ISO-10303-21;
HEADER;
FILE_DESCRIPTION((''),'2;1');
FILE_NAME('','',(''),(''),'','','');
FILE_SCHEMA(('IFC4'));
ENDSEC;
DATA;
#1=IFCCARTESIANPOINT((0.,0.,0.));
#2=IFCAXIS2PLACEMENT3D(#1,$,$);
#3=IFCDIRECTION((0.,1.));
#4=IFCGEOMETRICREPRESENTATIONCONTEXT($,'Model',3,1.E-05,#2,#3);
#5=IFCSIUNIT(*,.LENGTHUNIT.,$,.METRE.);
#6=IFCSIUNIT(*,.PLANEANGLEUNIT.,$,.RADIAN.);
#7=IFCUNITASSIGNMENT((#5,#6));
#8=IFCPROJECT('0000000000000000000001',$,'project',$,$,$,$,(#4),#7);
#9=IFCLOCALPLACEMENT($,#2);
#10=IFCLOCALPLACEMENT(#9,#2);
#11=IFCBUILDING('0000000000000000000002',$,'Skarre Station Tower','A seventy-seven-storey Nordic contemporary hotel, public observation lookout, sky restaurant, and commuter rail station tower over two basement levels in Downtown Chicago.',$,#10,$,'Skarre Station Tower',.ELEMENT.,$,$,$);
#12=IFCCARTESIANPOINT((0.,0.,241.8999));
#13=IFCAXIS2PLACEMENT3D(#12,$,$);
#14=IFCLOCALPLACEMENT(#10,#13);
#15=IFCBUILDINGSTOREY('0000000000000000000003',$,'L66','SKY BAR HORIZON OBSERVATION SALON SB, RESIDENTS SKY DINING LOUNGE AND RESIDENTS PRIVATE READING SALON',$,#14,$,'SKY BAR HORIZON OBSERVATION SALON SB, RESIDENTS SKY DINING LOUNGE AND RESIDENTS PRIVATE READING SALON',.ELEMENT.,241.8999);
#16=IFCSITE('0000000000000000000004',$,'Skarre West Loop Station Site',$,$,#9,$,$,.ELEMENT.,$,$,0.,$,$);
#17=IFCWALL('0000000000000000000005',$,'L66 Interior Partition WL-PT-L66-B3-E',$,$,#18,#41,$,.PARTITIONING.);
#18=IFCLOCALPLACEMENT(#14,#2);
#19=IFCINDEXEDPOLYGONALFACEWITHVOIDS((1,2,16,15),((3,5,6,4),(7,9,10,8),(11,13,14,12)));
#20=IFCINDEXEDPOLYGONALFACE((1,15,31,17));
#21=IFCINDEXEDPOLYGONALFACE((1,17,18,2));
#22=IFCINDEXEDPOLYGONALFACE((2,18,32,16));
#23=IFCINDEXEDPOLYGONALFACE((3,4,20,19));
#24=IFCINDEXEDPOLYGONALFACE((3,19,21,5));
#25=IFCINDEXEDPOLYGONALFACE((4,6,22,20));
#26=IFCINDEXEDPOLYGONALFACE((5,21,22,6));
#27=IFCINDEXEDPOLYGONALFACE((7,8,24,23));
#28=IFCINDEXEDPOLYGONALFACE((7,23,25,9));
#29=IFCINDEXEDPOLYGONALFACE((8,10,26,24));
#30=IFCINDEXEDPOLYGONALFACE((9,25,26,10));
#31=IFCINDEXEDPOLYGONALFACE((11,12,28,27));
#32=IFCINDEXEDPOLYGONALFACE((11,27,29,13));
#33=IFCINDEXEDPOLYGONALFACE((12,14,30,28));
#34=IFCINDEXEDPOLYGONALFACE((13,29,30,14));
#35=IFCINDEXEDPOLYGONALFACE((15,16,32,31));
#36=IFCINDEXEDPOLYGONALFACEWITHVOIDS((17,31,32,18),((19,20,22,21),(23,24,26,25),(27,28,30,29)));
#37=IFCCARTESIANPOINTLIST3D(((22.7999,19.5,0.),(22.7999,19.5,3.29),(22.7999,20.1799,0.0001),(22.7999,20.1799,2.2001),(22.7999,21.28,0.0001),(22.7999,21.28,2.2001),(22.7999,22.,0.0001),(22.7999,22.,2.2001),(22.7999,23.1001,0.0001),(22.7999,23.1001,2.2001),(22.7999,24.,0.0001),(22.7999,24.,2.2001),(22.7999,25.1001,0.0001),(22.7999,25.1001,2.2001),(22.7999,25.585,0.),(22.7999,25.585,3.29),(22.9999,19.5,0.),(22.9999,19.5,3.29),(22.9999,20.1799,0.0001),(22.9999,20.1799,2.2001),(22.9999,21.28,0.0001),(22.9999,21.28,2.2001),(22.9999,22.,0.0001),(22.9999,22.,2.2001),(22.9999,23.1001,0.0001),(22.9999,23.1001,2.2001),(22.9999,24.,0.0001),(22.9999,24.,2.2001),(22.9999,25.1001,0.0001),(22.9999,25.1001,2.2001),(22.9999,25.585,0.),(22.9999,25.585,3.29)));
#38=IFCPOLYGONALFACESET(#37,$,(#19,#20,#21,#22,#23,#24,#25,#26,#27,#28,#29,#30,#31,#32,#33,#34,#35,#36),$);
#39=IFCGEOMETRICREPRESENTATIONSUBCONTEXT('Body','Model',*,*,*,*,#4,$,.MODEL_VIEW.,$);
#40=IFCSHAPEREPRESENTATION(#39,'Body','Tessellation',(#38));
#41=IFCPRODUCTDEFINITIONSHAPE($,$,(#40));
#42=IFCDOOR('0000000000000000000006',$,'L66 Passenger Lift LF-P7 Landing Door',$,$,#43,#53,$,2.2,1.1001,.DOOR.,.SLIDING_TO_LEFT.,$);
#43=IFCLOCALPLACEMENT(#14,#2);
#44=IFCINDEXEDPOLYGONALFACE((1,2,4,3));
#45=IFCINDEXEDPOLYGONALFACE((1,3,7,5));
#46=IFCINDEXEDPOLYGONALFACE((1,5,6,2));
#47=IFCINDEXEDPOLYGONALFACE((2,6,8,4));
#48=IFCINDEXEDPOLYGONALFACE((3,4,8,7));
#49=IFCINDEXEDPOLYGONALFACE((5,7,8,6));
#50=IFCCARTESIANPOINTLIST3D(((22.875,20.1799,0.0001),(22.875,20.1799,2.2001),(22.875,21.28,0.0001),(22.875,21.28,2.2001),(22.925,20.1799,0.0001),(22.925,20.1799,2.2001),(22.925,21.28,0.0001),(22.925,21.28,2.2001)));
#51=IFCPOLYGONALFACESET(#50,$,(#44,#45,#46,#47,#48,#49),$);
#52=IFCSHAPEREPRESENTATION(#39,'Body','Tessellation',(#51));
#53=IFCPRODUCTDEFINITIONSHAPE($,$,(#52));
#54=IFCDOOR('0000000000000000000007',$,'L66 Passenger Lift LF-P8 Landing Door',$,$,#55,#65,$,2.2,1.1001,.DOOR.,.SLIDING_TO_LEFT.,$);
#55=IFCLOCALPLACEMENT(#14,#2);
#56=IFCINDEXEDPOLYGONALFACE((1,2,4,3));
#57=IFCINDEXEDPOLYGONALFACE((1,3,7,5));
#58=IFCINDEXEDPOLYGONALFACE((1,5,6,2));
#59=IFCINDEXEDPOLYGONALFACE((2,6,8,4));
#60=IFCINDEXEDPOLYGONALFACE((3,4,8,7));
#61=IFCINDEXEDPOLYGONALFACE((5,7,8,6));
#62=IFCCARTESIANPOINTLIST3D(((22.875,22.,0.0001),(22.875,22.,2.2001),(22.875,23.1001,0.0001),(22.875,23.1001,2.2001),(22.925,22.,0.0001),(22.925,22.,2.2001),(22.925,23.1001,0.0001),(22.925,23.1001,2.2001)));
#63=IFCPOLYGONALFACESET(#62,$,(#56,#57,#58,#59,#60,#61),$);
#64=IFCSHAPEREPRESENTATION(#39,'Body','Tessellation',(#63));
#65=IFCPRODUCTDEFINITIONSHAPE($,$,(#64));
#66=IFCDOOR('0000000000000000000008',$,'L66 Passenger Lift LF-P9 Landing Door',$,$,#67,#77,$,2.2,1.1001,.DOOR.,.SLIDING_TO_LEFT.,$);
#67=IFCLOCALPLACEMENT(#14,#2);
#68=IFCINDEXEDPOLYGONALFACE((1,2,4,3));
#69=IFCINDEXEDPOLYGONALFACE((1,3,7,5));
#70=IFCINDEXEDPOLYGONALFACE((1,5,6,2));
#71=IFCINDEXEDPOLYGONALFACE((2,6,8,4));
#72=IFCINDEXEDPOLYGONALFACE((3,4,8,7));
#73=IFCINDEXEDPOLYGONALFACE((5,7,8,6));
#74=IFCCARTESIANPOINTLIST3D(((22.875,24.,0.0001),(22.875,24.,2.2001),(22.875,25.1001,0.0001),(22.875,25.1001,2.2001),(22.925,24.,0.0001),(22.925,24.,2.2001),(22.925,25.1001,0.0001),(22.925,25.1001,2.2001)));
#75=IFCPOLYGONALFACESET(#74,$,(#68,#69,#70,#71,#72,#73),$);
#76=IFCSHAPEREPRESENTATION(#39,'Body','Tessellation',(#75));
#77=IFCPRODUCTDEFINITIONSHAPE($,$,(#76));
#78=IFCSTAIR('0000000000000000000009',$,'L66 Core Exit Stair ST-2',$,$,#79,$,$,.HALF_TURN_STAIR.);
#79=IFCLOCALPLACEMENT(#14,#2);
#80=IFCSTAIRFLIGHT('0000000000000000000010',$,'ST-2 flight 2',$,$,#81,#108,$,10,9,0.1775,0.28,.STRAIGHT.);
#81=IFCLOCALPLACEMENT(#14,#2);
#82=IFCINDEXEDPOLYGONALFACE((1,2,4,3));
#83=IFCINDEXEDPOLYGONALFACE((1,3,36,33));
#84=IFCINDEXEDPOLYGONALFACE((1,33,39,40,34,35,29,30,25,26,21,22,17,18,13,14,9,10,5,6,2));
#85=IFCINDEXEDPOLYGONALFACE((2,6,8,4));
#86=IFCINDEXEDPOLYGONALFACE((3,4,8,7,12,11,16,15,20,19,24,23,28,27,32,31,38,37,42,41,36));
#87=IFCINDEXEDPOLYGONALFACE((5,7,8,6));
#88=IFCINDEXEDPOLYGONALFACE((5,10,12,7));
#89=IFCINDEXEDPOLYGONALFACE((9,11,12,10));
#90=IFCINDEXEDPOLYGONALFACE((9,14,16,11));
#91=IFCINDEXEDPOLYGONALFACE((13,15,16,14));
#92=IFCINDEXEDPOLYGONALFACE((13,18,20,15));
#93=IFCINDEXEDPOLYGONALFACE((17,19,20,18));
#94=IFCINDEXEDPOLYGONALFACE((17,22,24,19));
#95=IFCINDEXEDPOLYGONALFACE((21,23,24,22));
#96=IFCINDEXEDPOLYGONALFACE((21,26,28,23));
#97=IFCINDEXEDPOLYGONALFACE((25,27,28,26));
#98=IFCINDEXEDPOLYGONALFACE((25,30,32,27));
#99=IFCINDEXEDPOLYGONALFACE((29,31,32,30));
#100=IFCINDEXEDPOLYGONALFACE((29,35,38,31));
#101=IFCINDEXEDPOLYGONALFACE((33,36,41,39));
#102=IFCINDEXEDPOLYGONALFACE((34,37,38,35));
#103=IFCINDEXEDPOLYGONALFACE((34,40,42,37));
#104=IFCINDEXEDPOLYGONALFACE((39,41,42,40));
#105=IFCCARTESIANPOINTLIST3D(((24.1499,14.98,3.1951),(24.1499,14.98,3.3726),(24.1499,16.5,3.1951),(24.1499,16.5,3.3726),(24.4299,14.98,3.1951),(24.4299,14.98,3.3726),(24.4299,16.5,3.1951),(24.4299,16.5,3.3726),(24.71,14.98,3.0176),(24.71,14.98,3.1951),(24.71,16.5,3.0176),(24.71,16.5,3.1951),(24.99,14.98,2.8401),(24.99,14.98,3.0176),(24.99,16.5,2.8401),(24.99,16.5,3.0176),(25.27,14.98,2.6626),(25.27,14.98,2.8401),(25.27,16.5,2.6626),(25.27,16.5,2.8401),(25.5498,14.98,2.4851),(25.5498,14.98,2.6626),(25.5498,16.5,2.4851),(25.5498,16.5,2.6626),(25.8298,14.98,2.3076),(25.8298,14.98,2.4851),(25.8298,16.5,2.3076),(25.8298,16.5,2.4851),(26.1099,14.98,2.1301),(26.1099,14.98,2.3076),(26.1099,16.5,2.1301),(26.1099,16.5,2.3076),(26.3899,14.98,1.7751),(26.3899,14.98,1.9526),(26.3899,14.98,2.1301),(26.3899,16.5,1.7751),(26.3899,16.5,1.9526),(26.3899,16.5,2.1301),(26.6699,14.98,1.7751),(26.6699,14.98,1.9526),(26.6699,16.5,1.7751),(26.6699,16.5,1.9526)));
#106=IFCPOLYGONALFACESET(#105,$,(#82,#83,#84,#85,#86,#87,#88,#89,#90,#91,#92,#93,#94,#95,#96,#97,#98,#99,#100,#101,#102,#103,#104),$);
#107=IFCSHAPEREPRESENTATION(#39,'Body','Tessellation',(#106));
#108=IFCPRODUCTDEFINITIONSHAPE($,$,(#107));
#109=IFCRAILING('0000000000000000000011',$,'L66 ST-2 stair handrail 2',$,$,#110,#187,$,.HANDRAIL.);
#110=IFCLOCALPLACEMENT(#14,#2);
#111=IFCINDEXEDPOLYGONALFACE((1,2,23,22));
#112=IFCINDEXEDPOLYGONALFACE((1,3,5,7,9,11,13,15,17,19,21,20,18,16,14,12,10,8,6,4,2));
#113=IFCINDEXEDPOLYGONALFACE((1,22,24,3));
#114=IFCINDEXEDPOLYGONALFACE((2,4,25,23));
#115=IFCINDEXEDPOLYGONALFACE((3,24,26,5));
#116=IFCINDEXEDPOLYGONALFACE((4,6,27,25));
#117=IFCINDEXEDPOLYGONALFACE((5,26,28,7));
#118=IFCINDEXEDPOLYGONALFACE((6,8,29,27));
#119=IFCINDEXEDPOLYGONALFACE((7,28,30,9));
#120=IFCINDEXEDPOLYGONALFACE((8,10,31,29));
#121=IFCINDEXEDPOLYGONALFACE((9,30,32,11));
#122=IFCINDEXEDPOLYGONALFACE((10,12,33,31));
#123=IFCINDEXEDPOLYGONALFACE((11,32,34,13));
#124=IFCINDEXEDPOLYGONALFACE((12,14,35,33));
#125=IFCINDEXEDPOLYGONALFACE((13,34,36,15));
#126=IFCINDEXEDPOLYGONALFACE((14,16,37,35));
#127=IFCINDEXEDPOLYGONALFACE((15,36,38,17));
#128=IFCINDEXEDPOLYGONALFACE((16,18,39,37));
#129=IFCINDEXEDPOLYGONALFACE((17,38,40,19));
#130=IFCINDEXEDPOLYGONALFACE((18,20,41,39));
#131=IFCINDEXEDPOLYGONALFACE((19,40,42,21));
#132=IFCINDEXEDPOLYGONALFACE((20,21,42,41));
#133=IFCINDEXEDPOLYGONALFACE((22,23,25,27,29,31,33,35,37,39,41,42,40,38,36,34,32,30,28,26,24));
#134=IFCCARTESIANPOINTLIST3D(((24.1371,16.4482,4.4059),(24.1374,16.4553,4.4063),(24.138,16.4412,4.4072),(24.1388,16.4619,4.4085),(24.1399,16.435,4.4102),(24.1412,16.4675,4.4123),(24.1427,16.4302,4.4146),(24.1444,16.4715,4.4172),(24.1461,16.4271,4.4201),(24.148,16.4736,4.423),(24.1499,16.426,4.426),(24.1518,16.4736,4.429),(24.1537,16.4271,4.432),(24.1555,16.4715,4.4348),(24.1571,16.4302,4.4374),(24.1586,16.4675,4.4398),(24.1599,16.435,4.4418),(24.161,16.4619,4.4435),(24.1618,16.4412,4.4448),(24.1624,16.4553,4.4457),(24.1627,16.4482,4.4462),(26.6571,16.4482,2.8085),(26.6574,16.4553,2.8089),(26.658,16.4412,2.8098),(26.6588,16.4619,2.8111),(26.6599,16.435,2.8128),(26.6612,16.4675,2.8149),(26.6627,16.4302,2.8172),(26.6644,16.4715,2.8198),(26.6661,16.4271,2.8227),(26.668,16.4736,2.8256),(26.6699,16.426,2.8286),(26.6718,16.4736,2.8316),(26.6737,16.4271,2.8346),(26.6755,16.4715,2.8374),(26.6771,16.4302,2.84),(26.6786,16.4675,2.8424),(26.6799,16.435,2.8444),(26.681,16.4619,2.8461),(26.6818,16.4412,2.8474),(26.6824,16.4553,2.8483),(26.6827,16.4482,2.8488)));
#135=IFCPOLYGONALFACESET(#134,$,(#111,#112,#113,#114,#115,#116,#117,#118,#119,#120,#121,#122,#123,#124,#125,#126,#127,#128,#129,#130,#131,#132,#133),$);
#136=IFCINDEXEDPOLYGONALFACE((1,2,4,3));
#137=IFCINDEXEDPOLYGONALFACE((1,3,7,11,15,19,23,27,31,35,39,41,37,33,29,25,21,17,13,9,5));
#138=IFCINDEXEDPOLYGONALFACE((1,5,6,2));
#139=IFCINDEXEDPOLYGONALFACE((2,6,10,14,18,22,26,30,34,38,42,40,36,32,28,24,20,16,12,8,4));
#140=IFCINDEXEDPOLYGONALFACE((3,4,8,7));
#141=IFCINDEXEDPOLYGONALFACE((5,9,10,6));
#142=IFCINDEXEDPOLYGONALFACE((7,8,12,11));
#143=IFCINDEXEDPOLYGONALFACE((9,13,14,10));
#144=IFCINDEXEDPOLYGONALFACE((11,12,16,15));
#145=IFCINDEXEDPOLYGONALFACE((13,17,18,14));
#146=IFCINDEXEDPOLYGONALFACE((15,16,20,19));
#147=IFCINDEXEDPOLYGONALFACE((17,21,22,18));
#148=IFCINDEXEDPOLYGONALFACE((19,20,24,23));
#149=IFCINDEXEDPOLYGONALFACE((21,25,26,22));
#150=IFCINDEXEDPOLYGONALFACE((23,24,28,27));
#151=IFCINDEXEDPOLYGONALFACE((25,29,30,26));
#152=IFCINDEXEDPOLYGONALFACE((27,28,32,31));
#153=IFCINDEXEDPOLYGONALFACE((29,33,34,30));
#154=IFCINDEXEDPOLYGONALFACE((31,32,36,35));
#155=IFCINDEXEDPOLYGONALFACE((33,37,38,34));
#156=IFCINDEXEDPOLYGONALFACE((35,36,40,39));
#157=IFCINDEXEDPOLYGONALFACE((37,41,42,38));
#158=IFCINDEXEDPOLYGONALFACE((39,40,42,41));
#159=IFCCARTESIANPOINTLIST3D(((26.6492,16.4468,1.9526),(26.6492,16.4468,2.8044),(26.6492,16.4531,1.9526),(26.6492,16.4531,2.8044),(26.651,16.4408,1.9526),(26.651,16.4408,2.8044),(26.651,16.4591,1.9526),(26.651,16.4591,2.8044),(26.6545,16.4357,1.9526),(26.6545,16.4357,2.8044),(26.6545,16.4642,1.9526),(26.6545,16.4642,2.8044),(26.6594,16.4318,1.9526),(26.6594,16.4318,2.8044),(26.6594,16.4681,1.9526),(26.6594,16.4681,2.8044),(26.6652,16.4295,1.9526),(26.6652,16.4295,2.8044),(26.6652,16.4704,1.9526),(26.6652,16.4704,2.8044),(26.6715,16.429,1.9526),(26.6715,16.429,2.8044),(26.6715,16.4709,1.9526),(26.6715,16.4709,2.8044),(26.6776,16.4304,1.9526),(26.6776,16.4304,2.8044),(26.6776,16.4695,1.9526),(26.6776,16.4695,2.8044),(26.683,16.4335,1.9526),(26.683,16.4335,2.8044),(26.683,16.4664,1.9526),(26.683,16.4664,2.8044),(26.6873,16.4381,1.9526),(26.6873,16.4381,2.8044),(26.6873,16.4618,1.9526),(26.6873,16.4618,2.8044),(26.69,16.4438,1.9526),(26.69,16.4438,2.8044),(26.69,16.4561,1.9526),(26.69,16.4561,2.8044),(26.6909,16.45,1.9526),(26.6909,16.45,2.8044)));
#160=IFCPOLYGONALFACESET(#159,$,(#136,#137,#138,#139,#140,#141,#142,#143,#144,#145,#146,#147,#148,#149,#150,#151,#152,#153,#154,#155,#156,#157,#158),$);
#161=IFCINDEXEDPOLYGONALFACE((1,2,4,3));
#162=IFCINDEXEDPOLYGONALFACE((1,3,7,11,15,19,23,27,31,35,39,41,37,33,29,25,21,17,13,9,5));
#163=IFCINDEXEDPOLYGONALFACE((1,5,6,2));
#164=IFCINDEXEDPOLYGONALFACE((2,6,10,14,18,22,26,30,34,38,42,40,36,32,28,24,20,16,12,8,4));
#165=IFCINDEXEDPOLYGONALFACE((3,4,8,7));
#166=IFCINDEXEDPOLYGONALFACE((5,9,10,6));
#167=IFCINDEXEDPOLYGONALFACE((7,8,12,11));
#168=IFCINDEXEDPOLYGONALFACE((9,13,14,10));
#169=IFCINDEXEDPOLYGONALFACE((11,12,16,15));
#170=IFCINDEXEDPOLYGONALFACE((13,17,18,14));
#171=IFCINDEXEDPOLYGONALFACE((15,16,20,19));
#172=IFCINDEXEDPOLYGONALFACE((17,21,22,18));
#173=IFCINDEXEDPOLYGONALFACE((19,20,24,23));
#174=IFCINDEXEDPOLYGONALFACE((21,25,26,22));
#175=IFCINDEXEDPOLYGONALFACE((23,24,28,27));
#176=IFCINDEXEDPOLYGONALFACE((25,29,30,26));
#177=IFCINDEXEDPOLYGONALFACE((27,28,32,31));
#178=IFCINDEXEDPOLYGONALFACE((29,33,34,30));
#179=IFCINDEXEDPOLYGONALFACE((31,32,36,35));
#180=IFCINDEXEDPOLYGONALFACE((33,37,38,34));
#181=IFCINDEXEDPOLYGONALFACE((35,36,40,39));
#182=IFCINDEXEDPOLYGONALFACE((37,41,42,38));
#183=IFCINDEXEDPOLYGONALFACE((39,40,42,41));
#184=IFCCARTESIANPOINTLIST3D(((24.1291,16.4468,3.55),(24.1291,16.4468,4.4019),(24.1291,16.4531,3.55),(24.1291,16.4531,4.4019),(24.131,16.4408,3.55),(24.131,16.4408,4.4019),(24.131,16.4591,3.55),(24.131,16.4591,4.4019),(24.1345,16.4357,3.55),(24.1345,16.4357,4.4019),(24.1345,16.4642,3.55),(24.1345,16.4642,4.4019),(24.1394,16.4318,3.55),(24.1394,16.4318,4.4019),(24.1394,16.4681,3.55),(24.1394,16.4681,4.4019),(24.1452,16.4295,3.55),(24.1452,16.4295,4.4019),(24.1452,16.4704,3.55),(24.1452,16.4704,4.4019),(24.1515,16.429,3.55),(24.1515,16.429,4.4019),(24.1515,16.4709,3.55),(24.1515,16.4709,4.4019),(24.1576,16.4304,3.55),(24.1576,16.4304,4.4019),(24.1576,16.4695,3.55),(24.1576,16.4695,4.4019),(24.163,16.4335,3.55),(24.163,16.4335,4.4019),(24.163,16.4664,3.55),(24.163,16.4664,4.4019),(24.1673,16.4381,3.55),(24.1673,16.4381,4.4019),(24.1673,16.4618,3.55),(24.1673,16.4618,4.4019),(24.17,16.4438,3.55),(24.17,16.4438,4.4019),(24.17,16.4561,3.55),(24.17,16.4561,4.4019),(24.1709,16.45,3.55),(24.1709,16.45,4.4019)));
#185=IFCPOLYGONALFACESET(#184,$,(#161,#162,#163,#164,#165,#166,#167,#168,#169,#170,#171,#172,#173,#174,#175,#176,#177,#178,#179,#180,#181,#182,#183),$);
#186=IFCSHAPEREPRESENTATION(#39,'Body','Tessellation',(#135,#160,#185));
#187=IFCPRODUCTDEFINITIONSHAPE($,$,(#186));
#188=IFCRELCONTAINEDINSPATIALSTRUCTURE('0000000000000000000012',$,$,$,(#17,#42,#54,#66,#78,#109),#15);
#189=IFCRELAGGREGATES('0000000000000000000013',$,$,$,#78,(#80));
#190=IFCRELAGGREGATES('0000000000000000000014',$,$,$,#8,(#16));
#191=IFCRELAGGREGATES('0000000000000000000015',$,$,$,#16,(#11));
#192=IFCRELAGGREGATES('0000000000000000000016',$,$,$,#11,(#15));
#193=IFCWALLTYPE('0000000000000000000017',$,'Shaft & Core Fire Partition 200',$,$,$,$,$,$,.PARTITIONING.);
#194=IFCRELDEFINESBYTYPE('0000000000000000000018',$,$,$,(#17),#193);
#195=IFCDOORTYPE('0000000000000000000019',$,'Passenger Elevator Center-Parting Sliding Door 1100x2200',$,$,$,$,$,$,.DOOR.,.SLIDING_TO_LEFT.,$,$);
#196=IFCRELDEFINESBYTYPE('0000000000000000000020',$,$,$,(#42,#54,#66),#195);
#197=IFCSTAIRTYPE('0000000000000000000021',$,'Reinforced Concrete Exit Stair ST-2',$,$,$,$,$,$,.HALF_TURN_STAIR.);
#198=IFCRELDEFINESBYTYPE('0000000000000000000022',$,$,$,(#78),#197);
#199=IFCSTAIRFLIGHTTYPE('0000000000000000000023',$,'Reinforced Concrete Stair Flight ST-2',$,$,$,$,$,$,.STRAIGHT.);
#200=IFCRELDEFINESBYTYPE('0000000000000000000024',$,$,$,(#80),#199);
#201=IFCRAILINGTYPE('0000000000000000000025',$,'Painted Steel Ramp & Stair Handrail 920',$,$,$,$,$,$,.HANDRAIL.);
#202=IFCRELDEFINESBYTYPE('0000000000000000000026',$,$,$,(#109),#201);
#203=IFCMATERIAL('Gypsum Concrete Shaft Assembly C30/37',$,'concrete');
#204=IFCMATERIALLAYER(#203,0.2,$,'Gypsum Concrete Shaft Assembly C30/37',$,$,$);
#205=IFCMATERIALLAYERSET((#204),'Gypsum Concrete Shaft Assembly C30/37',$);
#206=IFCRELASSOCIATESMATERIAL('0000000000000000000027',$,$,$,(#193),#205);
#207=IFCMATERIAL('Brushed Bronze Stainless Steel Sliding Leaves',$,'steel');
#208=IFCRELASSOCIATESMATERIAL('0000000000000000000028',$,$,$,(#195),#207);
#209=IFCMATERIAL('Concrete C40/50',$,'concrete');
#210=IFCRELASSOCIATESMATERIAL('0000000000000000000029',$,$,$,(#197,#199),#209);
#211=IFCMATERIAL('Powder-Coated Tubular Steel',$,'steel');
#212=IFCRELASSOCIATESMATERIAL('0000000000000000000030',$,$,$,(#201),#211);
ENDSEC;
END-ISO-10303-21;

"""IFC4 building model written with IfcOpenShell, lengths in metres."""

from ifc_helpers import new_model, si_unit, direction, frame, frame_2d, origin, origin_2d, place, context, subcontext, project, spatial, polyline, rectangle, circle, outline, extrude, material, layer, layer_set, type_object, element, fill, aggregate, save


model = new_model("IFC4")

# Units and contexts
model_context = context("Model", 3, precision=1e-05, world=origin(), true_north=direction((0.0, 1.0)))
body_context = subcontext(model_context, "Body", "Model", "MODEL_VIEW")
ifc_project = project(units=[si_unit("LENGTHUNIT", "METRE"), si_unit("PLANEANGLEUNIT", "RADIAN")], contexts=[model_context])

# Site, building, storey
site_placement = place(None, origin())
site = spatial("IfcSite", under=ifc_project, at=site_placement, Name="Skarre West Loop Station Site", CompositionType="ELEMENT", RefElevation=0.0)
building_placement = place(site_placement, origin())
building = spatial("IfcBuilding", under=site, at=building_placement, Name="Skarre Station Tower", Description="A seventy-seven-storey Nordic contemporary hotel, public observation lookout, sky restaurant, and commuter rail station tower over two basement levels in Downtown Chicago.", LongName="Skarre Station Tower", CompositionType="ELEMENT")
storey_placement = place(building_placement, frame((0.0, 0.0, 241.8999)))
storey = spatial("IfcBuildingStorey", under=building, at=storey_placement, Name="L66", Description="SKY BAR HORIZON OBSERVATION SALON SB, RESIDENTS SKY DINING LOUNGE AND RESIDENTS PRIVATE READING SALON", LongName="SKY BAR HORIZON OBSERVATION SALON SB, RESIDENTS SKY DINING LOUNGE AND RESIDENTS PRIVATE READING SALON", CompositionType="ELEMENT", Elevation=241.8999)

# Shared definitions
ifc_material_1 = material(Name="Gypsum Concrete Shaft Assembly C30/37", Category="concrete")
ifc_layer_1 = layer(ifc_material_1, 0.2, Name="Gypsum Concrete Shaft Assembly C30/37")
ifc_layer_set_1 = layer_set([ifc_layer_1], Name="Gypsum Concrete Shaft Assembly C30/37")
wall_type_1 = type_object("IfcWallType", Name="Shaft & Core Fire Partition 200", PredefinedType="PARTITIONING", material=ifc_layer_set_1)

# Wall, openings, doors
wall_1_placement = place(storey_placement, frame((22.8999, 19.5, 0.0), z_axis=(0.0, 0.0, 1.0), x_axis=(0.0, 1.0, 0.0)))
wall_1 = element("IfcWall", 1, at=wall_1_placement, inside=storey, type_object=wall_type_1, Name="L66 Interior Partition WL-PT-L66-B3-E", PredefinedType="PARTITIONING", context=body_context, shape_type="SweptSolid", body=[
    extrude(rectangle(XDim=6.085, YDim=0.2, at=frame_2d((3.0425, 0.0))), origin(), (0.0, 0.0, 1.0), 3.29),
])
opening_1_placement = place(wall_1_placement, frame((0.6799, 0.0, 0.0)))
opening_1 = element("IfcOpeningElement", 2, at=opening_1_placement, cuts=wall_1, PredefinedType="OPENING", context=body_context, shape_type="SweptSolid", body=[
    extrude(rectangle(XDim=1.1001, YDim=2.2, at=frame_2d((0.55, 1.1001))), frame((0.0, 0.1099, 0.0), z_axis=(0.0, -1.0, 0.0), x_axis=(1.0, 0.0, 0.0)), (0.0, 0.0, 1.0), 0.22),
])
opening_2_placement = place(wall_1_placement, frame((2.5, 0.0, 0.0)))
opening_2 = element("IfcOpeningElement", 3, at=opening_2_placement, cuts=wall_1, PredefinedType="OPENING", context=body_context, shape_type="SweptSolid", body=[
    extrude(rectangle(XDim=1.1001, YDim=2.2, at=frame_2d((0.55, 1.1001))), frame((0.0, 0.1099, 0.0), z_axis=(0.0, -1.0, 0.0), x_axis=(1.0, 0.0, 0.0)), (0.0, 0.0, 1.0), 0.22),
])
opening_3_placement = place(wall_1_placement, frame((4.5, 0.0, 0.0)))
opening_3 = element("IfcOpeningElement", 4, at=opening_3_placement, cuts=wall_1, PredefinedType="OPENING", context=body_context, shape_type="SweptSolid", body=[
    extrude(rectangle(XDim=1.1001, YDim=2.2, at=frame_2d((0.55, 1.1001))), frame((0.0, 0.1099, 0.0), z_axis=(0.0, -1.0, 0.0), x_axis=(1.0, 0.0, 0.0)), (0.0, 0.0, 1.0), 0.22),
])
ifc_material_2 = material(Name="Brushed Bronze Stainless Steel Sliding Leaves", Category="steel")
door_type_1 = type_object("IfcDoorType", Name="Passenger Elevator Center-Parting Sliding Door 1100x2200", OperationType="SLIDING_TO_LEFT", PredefinedType="DOOR", material=ifc_material_2)
door_1_placement = place(opening_1_placement, origin())
door_1 = element("IfcDoor", 5, at=door_1_placement, inside=storey, type_object=door_type_1, Name="L66 Passenger Lift LF-P7 Landing Door", OperationType="SLIDING_TO_LEFT", OverallHeight=2.2, OverallWidth=1.1001, PredefinedType="DOOR", context=body_context, shape_type="SweptSolid", body=[
    extrude(rectangle(XDim=1.1001, YDim=2.2, at=frame_2d((0.55, 1.1001))), frame((0.0, 0.0249, 0.0), z_axis=(0.0, -1.0, 0.0), x_axis=(1.0, 0.0, 0.0)), (0.0, 0.0, 1.0), 0.05),
])
fill(opening_1, door_1)
door_2_placement = place(opening_2_placement, origin())
door_2 = element("IfcDoor", 6, at=door_2_placement, inside=storey, type_object=door_type_1, Name="L66 Passenger Lift LF-P8 Landing Door", OperationType="SLIDING_TO_LEFT", OverallHeight=2.2, OverallWidth=1.1001, PredefinedType="DOOR", context=body_context, shape_type="SweptSolid", body=[
    extrude(rectangle(XDim=1.1001, YDim=2.2, at=frame_2d((0.55, 1.1001))), frame((0.0, 0.0249, 0.0), z_axis=(0.0, -1.0, 0.0), x_axis=(1.0, 0.0, 0.0)), (0.0, 0.0, 1.0), 0.05),
])
fill(opening_2, door_2)
door_3_placement = place(opening_3_placement, origin())
door_3 = element("IfcDoor", 7, at=door_3_placement, inside=storey, type_object=door_type_1, Name="L66 Passenger Lift LF-P9 Landing Door", OperationType="SLIDING_TO_LEFT", OverallHeight=2.2, OverallWidth=1.1001, PredefinedType="DOOR", context=body_context, shape_type="SweptSolid", body=[
    extrude(rectangle(XDim=1.1001, YDim=2.2, at=frame_2d((0.55, 1.1001))), frame((0.0, 0.0249, 0.0), z_axis=(0.0, -1.0, 0.0), x_axis=(1.0, 0.0, 0.0)), (0.0, 0.0, 1.0), 0.05),
])
fill(opening_3, door_3)

# Stair, stair flight
ifc_material_3 = material(Name="Concrete C40/50", Category="concrete")
stair_type = type_object("IfcStairType", Name="Reinforced Concrete Exit Stair ST-2", PredefinedType="HALF_TURN_STAIR", material=ifc_material_3)
stair_placement = place(storey_placement, origin())
stair = element("IfcStair", 8, at=stair_placement, inside=storey, type_object=stair_type, Name="L66 Core Exit Stair ST-2", PredefinedType="HALF_TURN_STAIR")
stair_flight_type = type_object("IfcStairFlightType", Name="Reinforced Concrete Stair Flight ST-2", PredefinedType="STRAIGHT", material=ifc_material_3)
stair_flight_placement = place(storey_placement, frame((26.6699, 15.74, 1.7751), z_axis=(0.0, 0.0, 1.0), x_axis=(-1.0, 0.0, 0.0)))
stair_flight = element("IfcStairFlight", 9, at=stair_flight_placement, type_object=stair_flight_type, Name="ST-2 flight 2", NumberOfRisers=10, NumberOfTreads=9, PredefinedType="STRAIGHT", RiserHeight=0.1775, TreadLength=0.28, context=body_context, shape_type="SweptSolid", body=[
    extrude(outline(polyline([(0.0, 0.0), (0.0, 0.1775), (0.28, 0.1775), (0.28, 0.355), (0.5601, 0.355), (0.5601, 0.5325), (0.8401, 0.5325), (0.8401, 0.71), (1.1201, 0.71), (1.1201, 0.8875), (1.3999, 0.8875), (1.3999, 1.0649), (1.6799, 1.0649), (1.6799, 1.2424), (1.96, 1.2424), (1.96, 1.4199), (2.24, 1.4199), (2.24, 1.5974), (2.52, 1.5974), (2.52, 1.7749), (2.52, 1.4199), (0.28, 0.0), (0.0, 0.0)])), frame((0.0, 0.76, 0.0), z_axis=(0.0, -1.0, 0.0), x_axis=(1.0, 0.0, 0.0)), (0.0, 0.0, 1.0), 1.52),
])
aggregate(stair, [stair_flight])

# Railing
ifc_material_4 = material(Name="Powder-Coated Tubular Steel", Category="steel")
railing_type_1 = type_object("IfcRailingType", Name="Painted Steel Ramp & Stair Handrail 920", PredefinedType="HANDRAIL", material=ifc_material_4)
railing_1_placement = place(storey_placement, frame((26.6699, 16.45, 1.9526)))
element("IfcRailing", 10, at=railing_1_placement, inside=storey, type_object=railing_type_1, Name="L66 ST-2 stair handrail 2", PredefinedType="HANDRAIL", context=body_context, shape_type="SweptSolid", body=[
    extrude(circle(Radius=0.0239, at=origin_2d()), frame((0.0, 0.0, 0.876), z_axis=(-0.844607, 0.0, 0.535387), x_axis=(0.0, -1.0, 0.0)), (0.0, 0.0, 1.0), 2.9836),
    extrude(circle(Radius=0.021, at=origin_2d()), origin(), (0.0, 0.0, 1.0), 0.8518),
    extrude(circle(Radius=0.021, at=origin_2d()), frame((-2.52, 0.0, 1.5974)), (0.0, 0.0, 1.0), 0.8518),
])

save(model, "model.ifc")
